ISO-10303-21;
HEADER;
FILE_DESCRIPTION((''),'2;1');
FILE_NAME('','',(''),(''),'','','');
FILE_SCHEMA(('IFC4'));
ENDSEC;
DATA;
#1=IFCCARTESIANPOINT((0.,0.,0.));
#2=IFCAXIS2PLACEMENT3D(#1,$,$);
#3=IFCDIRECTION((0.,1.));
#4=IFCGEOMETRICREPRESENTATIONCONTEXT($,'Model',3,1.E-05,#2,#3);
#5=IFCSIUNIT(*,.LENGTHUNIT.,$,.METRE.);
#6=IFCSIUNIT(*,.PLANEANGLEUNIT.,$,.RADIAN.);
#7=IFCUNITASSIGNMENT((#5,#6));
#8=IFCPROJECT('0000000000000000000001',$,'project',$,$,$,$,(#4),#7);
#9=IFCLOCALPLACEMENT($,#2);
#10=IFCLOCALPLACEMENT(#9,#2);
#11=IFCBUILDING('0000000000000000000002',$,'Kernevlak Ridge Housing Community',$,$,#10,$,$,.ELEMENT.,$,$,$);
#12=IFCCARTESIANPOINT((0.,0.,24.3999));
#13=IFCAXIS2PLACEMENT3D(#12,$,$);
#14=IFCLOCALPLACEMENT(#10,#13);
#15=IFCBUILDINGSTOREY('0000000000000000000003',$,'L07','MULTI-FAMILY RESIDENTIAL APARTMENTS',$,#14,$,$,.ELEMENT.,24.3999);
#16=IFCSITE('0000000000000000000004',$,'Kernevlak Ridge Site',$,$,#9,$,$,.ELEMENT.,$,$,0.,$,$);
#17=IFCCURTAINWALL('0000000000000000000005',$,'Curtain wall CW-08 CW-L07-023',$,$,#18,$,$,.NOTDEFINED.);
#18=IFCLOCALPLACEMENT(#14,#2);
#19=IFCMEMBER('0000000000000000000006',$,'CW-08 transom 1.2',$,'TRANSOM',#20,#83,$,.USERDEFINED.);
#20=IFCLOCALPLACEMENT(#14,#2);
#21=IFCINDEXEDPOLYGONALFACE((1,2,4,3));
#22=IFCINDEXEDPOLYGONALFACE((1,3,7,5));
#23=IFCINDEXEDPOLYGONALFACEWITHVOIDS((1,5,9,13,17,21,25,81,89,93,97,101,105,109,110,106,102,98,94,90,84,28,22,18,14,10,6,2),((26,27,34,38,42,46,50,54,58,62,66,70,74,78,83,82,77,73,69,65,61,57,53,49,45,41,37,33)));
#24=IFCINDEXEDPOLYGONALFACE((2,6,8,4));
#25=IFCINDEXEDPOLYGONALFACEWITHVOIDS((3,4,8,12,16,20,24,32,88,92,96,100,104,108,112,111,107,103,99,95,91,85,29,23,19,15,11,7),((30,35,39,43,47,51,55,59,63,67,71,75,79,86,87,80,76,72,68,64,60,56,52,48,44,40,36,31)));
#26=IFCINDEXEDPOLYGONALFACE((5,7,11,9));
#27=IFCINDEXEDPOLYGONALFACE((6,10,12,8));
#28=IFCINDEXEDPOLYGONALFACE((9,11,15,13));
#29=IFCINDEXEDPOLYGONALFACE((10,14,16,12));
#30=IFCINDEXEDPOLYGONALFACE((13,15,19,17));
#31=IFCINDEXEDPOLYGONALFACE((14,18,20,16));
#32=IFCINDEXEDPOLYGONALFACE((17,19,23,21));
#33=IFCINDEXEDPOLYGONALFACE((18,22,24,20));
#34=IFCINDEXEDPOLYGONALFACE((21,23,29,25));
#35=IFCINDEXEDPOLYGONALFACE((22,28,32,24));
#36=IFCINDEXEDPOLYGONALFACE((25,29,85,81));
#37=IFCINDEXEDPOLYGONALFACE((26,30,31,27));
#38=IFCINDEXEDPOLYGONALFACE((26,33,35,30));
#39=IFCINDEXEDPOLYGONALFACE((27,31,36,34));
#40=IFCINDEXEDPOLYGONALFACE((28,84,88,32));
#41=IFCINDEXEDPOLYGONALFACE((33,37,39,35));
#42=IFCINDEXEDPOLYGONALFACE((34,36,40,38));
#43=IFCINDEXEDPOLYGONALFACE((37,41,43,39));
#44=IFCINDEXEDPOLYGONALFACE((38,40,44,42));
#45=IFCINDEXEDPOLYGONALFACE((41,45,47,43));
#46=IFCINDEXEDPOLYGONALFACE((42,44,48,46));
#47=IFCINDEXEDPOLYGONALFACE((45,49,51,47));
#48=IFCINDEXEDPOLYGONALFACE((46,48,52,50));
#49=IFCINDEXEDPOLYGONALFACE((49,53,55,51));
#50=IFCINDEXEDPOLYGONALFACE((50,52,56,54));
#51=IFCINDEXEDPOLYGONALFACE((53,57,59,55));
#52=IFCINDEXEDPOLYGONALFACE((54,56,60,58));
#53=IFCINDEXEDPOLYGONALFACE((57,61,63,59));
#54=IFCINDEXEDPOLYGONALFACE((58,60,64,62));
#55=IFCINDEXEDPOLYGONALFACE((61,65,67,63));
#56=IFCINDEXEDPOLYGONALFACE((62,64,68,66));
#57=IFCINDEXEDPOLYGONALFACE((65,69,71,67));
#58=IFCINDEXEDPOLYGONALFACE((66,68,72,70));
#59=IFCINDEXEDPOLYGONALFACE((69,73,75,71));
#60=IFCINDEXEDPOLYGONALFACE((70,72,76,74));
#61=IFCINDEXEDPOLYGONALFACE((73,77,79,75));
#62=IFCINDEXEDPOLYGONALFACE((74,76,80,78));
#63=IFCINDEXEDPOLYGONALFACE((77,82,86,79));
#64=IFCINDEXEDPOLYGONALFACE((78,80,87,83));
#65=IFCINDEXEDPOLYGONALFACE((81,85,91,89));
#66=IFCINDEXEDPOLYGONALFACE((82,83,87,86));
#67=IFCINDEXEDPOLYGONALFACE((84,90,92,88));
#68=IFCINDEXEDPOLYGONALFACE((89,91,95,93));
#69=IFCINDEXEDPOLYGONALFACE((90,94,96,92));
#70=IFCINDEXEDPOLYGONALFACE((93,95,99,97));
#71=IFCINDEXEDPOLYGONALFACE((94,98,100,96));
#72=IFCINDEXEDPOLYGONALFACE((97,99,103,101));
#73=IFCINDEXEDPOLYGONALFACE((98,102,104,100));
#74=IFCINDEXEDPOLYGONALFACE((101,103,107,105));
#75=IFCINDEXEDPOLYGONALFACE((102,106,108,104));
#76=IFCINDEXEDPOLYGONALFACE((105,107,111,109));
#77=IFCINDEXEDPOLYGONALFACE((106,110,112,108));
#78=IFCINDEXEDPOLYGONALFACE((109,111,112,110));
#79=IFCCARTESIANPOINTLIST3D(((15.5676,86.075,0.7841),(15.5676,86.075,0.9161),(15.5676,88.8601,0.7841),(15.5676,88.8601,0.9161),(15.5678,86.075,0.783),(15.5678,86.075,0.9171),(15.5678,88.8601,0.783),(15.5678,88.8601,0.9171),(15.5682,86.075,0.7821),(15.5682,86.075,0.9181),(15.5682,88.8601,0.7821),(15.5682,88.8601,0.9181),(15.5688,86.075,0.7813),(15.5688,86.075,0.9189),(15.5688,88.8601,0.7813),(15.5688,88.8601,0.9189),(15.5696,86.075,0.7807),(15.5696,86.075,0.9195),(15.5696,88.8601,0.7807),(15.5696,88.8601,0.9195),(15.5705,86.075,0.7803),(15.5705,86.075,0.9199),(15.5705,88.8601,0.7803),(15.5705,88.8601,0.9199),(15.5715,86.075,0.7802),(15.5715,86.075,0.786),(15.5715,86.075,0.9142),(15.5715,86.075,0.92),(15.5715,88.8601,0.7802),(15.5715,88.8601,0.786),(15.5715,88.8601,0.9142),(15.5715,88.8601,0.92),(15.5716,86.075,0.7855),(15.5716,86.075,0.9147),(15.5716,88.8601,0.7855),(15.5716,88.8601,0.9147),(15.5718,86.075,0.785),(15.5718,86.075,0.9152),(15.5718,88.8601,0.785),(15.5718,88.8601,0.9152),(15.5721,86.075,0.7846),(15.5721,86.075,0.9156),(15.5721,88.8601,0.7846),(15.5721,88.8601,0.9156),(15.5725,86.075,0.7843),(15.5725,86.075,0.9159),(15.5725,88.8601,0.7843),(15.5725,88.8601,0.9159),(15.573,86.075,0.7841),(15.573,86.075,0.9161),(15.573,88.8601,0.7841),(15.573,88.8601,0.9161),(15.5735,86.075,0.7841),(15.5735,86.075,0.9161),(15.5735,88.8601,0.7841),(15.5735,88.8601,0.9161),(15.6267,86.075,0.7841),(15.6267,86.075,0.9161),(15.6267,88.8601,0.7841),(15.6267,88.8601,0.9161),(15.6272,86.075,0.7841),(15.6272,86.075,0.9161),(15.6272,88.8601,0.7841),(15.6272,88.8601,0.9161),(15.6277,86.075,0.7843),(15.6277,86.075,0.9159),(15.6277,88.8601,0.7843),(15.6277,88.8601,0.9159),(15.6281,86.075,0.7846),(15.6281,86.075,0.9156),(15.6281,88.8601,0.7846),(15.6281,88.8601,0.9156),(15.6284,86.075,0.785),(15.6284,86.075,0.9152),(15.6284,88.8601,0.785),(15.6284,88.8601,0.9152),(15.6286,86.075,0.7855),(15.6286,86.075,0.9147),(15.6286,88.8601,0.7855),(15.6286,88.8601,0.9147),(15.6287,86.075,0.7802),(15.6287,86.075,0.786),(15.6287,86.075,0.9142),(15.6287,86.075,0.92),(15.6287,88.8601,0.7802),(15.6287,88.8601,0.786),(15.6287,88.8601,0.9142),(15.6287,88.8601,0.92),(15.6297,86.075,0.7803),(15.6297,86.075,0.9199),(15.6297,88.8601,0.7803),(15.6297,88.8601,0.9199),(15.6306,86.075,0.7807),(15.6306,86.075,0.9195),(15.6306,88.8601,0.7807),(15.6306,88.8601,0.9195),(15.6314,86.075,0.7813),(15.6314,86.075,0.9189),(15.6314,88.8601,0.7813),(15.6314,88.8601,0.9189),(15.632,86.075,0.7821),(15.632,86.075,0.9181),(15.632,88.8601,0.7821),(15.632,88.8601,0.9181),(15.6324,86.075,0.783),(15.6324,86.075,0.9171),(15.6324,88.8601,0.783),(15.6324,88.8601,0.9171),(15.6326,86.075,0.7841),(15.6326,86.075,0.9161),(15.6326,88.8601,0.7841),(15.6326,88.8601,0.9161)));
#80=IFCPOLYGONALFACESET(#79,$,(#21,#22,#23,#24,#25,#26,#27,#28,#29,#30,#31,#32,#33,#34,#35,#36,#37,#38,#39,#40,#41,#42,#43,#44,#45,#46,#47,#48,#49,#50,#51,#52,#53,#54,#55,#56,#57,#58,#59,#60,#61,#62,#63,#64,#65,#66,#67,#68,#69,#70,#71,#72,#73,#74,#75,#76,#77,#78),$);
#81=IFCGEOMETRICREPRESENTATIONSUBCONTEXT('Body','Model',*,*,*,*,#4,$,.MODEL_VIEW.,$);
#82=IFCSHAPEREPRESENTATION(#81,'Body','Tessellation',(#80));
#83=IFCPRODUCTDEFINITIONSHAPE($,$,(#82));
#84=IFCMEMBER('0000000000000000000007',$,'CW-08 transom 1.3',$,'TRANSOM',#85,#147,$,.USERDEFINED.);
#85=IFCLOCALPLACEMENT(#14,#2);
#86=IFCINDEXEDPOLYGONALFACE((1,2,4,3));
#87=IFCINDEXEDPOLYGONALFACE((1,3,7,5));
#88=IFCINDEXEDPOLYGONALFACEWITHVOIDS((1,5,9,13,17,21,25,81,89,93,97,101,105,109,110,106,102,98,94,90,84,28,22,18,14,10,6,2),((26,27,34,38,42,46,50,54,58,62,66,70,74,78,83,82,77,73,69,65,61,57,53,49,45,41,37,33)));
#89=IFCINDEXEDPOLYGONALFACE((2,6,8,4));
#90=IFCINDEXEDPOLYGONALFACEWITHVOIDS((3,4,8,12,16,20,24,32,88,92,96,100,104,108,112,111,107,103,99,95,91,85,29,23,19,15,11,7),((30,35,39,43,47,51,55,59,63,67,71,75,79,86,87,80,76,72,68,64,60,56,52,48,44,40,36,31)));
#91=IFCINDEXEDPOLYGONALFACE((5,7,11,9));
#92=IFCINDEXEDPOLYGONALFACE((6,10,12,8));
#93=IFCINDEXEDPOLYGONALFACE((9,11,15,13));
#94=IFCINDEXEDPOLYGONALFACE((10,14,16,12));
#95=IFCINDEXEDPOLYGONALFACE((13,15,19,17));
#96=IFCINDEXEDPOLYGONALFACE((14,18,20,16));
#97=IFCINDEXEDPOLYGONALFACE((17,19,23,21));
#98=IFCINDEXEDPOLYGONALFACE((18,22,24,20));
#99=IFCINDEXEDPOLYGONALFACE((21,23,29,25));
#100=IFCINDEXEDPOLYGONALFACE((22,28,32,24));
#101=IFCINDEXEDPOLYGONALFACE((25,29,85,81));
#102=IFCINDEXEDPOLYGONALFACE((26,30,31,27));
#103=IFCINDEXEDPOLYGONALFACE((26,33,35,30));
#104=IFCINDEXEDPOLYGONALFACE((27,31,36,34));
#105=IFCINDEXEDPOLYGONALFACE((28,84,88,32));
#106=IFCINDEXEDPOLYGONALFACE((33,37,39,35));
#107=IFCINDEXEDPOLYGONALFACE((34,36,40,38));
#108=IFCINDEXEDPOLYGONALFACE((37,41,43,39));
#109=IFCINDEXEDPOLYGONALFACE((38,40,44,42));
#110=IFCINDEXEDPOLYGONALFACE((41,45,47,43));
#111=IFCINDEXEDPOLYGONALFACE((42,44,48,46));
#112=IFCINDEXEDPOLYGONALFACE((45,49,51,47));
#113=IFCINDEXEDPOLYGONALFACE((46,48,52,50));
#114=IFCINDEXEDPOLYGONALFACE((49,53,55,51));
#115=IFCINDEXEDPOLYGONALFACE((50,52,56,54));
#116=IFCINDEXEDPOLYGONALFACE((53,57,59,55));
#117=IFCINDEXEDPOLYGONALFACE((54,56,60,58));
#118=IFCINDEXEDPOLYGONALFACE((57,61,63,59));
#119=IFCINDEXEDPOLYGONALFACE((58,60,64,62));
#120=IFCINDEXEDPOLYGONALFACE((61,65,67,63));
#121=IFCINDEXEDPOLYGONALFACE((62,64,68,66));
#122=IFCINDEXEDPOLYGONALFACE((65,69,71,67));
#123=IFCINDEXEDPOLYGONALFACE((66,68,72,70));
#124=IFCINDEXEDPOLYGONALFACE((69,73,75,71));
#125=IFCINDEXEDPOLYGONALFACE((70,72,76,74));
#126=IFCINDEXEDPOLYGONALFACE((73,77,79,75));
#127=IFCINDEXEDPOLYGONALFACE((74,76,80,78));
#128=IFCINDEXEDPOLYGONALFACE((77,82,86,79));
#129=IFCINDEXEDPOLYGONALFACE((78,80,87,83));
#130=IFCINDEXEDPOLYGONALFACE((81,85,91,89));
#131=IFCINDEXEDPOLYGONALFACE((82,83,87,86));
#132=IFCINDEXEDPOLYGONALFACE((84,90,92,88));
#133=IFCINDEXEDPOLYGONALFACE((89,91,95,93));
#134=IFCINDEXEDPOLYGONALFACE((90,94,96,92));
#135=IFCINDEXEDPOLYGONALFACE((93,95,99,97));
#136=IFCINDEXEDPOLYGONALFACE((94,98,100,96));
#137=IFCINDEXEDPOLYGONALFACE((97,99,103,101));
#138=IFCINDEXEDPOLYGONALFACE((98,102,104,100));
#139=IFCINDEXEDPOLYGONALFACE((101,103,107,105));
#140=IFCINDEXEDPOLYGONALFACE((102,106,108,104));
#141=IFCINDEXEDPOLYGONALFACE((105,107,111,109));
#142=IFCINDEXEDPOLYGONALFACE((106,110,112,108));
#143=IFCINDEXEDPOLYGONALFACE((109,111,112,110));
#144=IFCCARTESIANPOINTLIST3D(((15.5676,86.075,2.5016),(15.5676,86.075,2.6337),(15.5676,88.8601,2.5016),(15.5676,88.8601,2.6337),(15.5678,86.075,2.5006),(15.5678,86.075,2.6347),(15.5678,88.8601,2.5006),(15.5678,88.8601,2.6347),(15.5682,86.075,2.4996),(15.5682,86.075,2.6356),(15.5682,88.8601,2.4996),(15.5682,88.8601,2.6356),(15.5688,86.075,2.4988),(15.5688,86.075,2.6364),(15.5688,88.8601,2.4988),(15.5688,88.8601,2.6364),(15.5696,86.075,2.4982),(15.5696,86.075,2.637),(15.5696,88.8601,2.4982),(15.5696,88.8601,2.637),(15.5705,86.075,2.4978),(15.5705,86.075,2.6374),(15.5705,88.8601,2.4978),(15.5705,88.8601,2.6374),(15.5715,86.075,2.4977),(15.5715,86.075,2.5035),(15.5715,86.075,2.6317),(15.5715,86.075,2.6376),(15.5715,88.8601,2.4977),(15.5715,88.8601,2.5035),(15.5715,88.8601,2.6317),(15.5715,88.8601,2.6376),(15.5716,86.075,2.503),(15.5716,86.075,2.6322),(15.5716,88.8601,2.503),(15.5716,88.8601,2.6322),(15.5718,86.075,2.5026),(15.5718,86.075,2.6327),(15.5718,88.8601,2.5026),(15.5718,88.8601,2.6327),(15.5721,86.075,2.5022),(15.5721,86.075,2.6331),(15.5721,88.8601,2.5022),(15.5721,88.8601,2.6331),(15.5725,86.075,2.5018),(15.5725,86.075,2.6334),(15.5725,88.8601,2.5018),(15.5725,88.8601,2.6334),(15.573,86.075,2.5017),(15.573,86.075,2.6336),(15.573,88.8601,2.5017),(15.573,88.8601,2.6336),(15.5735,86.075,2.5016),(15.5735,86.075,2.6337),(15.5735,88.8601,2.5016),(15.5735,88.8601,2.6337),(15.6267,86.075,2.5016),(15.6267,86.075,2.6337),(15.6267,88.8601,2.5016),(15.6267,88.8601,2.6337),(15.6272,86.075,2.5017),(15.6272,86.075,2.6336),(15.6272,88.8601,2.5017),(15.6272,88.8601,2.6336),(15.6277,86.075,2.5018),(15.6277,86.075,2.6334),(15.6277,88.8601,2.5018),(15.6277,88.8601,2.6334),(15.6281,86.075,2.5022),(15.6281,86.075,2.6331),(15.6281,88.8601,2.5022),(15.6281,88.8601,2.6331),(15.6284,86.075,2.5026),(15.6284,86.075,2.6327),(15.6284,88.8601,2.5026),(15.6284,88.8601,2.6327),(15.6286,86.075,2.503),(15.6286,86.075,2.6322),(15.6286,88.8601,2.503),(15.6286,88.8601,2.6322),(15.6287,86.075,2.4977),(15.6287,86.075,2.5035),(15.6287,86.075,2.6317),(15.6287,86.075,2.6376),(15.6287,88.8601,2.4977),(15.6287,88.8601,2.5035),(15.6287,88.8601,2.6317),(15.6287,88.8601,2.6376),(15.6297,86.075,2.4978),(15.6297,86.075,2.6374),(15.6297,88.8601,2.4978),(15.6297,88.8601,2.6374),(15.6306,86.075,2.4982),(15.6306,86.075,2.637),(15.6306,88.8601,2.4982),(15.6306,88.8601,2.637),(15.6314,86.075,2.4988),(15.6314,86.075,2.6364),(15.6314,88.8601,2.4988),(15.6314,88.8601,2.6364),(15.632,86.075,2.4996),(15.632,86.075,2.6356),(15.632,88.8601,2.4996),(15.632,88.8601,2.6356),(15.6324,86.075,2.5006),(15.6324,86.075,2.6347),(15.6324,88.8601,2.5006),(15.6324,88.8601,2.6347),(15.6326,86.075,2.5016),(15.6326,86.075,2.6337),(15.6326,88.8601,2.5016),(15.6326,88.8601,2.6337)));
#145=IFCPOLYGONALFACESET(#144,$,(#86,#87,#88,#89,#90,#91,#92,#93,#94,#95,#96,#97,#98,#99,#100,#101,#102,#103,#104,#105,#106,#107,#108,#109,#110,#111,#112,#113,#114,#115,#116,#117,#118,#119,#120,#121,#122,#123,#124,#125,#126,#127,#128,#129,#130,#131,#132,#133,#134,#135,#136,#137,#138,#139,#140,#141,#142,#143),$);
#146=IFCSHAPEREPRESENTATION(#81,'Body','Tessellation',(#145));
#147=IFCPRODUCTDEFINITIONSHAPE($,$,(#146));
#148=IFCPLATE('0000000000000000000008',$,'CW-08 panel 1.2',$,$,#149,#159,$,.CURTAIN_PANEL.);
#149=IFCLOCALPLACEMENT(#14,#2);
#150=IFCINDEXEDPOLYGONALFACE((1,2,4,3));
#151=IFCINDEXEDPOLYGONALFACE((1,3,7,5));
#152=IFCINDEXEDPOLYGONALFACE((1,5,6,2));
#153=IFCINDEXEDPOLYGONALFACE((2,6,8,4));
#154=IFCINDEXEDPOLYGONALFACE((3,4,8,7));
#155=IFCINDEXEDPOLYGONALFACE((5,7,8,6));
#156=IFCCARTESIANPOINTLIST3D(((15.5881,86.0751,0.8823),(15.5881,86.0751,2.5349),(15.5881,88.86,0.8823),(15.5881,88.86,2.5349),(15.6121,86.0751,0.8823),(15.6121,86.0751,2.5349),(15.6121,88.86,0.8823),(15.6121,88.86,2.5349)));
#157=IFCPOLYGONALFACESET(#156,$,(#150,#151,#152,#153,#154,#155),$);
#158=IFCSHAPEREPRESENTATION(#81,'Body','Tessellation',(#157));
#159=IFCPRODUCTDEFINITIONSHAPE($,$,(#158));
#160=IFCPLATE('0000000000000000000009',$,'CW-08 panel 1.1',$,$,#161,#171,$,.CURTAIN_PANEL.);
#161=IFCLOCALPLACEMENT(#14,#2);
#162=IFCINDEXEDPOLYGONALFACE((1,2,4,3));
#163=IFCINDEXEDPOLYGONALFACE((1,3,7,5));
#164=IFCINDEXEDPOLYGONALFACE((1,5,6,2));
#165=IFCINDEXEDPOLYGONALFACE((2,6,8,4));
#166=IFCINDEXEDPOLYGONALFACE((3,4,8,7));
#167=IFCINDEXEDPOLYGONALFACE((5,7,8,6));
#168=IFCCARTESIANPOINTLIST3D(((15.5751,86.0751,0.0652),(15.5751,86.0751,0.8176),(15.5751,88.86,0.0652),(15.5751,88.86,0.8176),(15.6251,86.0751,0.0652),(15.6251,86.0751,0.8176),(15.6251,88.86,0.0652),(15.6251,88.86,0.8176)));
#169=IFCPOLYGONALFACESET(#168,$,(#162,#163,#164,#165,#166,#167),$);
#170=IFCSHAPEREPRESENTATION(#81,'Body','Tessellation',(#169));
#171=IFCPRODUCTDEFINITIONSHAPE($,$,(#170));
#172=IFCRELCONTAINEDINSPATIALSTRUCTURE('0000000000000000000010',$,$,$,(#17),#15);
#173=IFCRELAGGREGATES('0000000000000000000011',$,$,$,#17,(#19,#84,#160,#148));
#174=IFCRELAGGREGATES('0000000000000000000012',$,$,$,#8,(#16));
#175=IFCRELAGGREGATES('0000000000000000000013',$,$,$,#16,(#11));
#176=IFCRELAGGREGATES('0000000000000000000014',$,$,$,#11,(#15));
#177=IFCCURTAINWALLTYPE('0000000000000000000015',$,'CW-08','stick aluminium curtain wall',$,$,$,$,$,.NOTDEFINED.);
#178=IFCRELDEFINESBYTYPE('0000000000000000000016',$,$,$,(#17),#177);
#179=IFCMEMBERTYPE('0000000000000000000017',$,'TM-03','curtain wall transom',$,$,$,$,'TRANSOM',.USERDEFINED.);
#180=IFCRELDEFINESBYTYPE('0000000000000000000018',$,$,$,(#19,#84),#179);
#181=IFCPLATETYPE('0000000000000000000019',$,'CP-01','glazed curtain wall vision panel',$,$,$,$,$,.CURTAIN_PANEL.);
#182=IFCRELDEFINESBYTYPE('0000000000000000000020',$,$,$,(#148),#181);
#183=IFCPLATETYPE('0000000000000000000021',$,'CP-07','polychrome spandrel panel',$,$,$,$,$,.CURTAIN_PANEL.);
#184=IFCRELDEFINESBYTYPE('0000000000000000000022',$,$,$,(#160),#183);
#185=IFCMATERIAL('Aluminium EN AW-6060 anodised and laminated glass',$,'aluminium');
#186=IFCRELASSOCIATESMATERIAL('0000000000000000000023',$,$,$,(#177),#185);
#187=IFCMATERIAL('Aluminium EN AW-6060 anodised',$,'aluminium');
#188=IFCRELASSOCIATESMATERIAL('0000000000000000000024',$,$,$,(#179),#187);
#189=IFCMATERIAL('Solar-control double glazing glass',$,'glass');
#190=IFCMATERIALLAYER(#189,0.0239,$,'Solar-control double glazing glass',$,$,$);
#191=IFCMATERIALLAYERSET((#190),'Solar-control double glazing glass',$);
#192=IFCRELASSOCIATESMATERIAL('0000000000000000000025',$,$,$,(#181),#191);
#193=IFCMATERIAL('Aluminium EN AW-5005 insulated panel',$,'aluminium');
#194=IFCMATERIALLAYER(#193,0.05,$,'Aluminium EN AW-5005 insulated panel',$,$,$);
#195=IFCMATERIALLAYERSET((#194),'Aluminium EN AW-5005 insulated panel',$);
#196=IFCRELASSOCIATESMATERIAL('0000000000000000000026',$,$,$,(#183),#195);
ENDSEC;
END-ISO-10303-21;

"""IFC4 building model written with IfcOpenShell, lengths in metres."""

from ifc_helpers import new_model, si_unit, direction, frame, origin, origin_2d, place, context, subcontext, project, spatial, rectangle, hollow_rectangle, extrude, material, layer, layer_set, material_profile, profile_set, type_object, element, aggregate, save


model = new_model("IFC4")

# Units and contexts
model_context = context("Model", 3, precision=1e-05, world=origin(), true_north=direction((0.0, 1.0)))
body_context = subcontext(model_context, "Body", "Model", "MODEL_VIEW")
ifc_project = project(units=[si_unit("LENGTHUNIT", "METRE"), si_unit("PLANEANGLEUNIT", "RADIAN")], contexts=[model_context])

# Site, building, storey
site_placement = place(None, origin())
site = spatial("IfcSite", under=ifc_project, at=site_placement, Name="Kernevlak Ridge Site", CompositionType="ELEMENT", RefElevation=0.0)
building_placement = place(site_placement, origin())
building = spatial("IfcBuilding", under=site, at=building_placement, Name="Kernevlak Ridge Housing Community", CompositionType="ELEMENT")
storey_placement = place(building_placement, frame((0.0, 0.0, 24.3999)))
storey = spatial("IfcBuildingStorey", under=building, at=storey_placement, Name="L07", Description="MULTI-FAMILY RESIDENTIAL APARTMENTS", CompositionType="ELEMENT", Elevation=24.3999)

# Shared definitions
ifc_material_1 = material(Name="Aluminium EN AW-6060 anodised and laminated glass", Category="aluminium")
ifc_material_2 = material(Name="Aluminium EN AW-6060 anodised", Category="aluminium")

# Curtain wall
curtain_wall_type_1 = type_object("IfcCurtainWallType", Name="CW-08", Description="stick aluminium curtain wall", PredefinedType="NOTDEFINED", material=ifc_material_1)
curtain_wall_1_placement = place(storey_placement, origin())
curtain_wall_1 = element("IfcCurtainWall", 1, at=curtain_wall_1_placement, inside=storey, type_object=curtain_wall_type_1, Name="Curtain wall CW-08 CW-L07-023", PredefinedType="NOTDEFINED")

# Members
ifc_material_profile_1 = material_profile(ifc_material_2, hollow_rectangle(XDim=0.0649, YDim=0.1399, WallThickness=0.0039, InnerFilletRadius=0.002, OuterFilletRadius=0.0039, at=origin_2d()), Name="ALU 65x140x4")
ifc_profile_set_1 = profile_set([ifc_material_profile_1], Name="Aluminium EN AW-6060 anodised")
member_type_1 = type_object("IfcMemberType", Name="TM-03", Description="curtain wall transom", ElementType="TRANSOM", PredefinedType="USERDEFINED", material=ifc_profile_set_1)
member_1_placement = place(storey_placement, frame((15.6001, 86.075, 0.8501), z_axis=(0.0, 1.0, 0.0), x_axis=(-1.0, 0.0, 0.0)))
member_1 = element("IfcMember", 2, at=member_1_placement, type_object=member_type_1, Name="CW-08 transom 1.2", ObjectType="TRANSOM", PredefinedType="USERDEFINED", context=body_context, shape_type="SweptSolid", body=[
    extrude(hollow_rectangle(XDim=0.0649, YDim=0.1399, WallThickness=0.0039, InnerFilletRadius=0.002, OuterFilletRadius=0.0039, at=origin_2d()), origin(), (0.0, 0.0, 1.0), 2.7852),
])
member_2_placement = place(storey_placement, frame((15.6001, 86.075, 2.5676), z_axis=(0.0, 1.0, 0.0), x_axis=(-1.0, 0.0, 0.0)))
member_2 = element("IfcMember", 3, at=member_2_placement, type_object=member_type_1, Name="CW-08 transom 1.3", ObjectType="TRANSOM", PredefinedType="USERDEFINED", context=body_context, shape_type="SweptSolid", body=[
    extrude(hollow_rectangle(XDim=0.0649, YDim=0.1399, WallThickness=0.0039, InnerFilletRadius=0.002, OuterFilletRadius=0.0039, at=origin_2d()), origin(), (0.0, 0.0, 1.0), 2.7852),
])

# Plates
ifc_material_3 = material(Name="Solar-control double glazing glass", Category="glass")
ifc_layer_1 = layer(ifc_material_3, 0.0239, Name="Solar-control double glazing glass")
ifc_layer_set_1 = layer_set([ifc_layer_1], Name="Solar-control double glazing glass")
plate_type_1 = type_object("IfcPlateType", Name="CP-01", Description="glazed curtain wall vision panel", PredefinedType="CURTAIN_PANEL", material=ifc_layer_set_1)
plate_1_placement = place(storey_placement, frame((15.6001, 87.4675, 0.8823), z_axis=(0.0, 0.0, 1.0), x_axis=(0.0, 1.0, 0.0)))
plate_1 = element("IfcPlate", 4, at=plate_1_placement, type_object=plate_type_1, Name="CW-08 panel 1.2", PredefinedType="CURTAIN_PANEL", context=body_context, shape_type="SweptSolid", body=[
    extrude(rectangle(XDim=2.7849, YDim=0.0239, at=origin_2d()), origin(), (0.0, 0.0, 1.0), 1.6526),
])
ifc_material_4 = material(Name="Aluminium EN AW-5005 insulated panel", Category="aluminium")
ifc_layer_2 = layer(ifc_material_4, 0.05, Name="Aluminium EN AW-5005 insulated panel")
ifc_layer_set_2 = layer_set([ifc_layer_2], Name="Aluminium EN AW-5005 insulated panel")
plate_type_2 = type_object("IfcPlateType", Name="CP-07", Description="polychrome spandrel panel", PredefinedType="CURTAIN_PANEL", material=ifc_layer_set_2)
plate_2_placement = place(storey_placement, frame((15.6001, 87.4675, 0.0652), z_axis=(0.0, 0.0, 1.0), x_axis=(0.0, 1.0, 0.0)))
plate_2 = element("IfcPlate", 5, at=plate_2_placement, type_object=plate_type_2, Name="CW-08 panel 1.1", PredefinedType="CURTAIN_PANEL", context=body_context, shape_type="SweptSolid", body=[
    extrude(rectangle(XDim=2.7849, YDim=0.05, at=origin_2d()), origin(), (0.0, 0.0, 1.0), 0.7524),
])
aggregate(curtain_wall_1, [member_1, member_2, plate_2, plate_1])

save(model, "model.ifc")
